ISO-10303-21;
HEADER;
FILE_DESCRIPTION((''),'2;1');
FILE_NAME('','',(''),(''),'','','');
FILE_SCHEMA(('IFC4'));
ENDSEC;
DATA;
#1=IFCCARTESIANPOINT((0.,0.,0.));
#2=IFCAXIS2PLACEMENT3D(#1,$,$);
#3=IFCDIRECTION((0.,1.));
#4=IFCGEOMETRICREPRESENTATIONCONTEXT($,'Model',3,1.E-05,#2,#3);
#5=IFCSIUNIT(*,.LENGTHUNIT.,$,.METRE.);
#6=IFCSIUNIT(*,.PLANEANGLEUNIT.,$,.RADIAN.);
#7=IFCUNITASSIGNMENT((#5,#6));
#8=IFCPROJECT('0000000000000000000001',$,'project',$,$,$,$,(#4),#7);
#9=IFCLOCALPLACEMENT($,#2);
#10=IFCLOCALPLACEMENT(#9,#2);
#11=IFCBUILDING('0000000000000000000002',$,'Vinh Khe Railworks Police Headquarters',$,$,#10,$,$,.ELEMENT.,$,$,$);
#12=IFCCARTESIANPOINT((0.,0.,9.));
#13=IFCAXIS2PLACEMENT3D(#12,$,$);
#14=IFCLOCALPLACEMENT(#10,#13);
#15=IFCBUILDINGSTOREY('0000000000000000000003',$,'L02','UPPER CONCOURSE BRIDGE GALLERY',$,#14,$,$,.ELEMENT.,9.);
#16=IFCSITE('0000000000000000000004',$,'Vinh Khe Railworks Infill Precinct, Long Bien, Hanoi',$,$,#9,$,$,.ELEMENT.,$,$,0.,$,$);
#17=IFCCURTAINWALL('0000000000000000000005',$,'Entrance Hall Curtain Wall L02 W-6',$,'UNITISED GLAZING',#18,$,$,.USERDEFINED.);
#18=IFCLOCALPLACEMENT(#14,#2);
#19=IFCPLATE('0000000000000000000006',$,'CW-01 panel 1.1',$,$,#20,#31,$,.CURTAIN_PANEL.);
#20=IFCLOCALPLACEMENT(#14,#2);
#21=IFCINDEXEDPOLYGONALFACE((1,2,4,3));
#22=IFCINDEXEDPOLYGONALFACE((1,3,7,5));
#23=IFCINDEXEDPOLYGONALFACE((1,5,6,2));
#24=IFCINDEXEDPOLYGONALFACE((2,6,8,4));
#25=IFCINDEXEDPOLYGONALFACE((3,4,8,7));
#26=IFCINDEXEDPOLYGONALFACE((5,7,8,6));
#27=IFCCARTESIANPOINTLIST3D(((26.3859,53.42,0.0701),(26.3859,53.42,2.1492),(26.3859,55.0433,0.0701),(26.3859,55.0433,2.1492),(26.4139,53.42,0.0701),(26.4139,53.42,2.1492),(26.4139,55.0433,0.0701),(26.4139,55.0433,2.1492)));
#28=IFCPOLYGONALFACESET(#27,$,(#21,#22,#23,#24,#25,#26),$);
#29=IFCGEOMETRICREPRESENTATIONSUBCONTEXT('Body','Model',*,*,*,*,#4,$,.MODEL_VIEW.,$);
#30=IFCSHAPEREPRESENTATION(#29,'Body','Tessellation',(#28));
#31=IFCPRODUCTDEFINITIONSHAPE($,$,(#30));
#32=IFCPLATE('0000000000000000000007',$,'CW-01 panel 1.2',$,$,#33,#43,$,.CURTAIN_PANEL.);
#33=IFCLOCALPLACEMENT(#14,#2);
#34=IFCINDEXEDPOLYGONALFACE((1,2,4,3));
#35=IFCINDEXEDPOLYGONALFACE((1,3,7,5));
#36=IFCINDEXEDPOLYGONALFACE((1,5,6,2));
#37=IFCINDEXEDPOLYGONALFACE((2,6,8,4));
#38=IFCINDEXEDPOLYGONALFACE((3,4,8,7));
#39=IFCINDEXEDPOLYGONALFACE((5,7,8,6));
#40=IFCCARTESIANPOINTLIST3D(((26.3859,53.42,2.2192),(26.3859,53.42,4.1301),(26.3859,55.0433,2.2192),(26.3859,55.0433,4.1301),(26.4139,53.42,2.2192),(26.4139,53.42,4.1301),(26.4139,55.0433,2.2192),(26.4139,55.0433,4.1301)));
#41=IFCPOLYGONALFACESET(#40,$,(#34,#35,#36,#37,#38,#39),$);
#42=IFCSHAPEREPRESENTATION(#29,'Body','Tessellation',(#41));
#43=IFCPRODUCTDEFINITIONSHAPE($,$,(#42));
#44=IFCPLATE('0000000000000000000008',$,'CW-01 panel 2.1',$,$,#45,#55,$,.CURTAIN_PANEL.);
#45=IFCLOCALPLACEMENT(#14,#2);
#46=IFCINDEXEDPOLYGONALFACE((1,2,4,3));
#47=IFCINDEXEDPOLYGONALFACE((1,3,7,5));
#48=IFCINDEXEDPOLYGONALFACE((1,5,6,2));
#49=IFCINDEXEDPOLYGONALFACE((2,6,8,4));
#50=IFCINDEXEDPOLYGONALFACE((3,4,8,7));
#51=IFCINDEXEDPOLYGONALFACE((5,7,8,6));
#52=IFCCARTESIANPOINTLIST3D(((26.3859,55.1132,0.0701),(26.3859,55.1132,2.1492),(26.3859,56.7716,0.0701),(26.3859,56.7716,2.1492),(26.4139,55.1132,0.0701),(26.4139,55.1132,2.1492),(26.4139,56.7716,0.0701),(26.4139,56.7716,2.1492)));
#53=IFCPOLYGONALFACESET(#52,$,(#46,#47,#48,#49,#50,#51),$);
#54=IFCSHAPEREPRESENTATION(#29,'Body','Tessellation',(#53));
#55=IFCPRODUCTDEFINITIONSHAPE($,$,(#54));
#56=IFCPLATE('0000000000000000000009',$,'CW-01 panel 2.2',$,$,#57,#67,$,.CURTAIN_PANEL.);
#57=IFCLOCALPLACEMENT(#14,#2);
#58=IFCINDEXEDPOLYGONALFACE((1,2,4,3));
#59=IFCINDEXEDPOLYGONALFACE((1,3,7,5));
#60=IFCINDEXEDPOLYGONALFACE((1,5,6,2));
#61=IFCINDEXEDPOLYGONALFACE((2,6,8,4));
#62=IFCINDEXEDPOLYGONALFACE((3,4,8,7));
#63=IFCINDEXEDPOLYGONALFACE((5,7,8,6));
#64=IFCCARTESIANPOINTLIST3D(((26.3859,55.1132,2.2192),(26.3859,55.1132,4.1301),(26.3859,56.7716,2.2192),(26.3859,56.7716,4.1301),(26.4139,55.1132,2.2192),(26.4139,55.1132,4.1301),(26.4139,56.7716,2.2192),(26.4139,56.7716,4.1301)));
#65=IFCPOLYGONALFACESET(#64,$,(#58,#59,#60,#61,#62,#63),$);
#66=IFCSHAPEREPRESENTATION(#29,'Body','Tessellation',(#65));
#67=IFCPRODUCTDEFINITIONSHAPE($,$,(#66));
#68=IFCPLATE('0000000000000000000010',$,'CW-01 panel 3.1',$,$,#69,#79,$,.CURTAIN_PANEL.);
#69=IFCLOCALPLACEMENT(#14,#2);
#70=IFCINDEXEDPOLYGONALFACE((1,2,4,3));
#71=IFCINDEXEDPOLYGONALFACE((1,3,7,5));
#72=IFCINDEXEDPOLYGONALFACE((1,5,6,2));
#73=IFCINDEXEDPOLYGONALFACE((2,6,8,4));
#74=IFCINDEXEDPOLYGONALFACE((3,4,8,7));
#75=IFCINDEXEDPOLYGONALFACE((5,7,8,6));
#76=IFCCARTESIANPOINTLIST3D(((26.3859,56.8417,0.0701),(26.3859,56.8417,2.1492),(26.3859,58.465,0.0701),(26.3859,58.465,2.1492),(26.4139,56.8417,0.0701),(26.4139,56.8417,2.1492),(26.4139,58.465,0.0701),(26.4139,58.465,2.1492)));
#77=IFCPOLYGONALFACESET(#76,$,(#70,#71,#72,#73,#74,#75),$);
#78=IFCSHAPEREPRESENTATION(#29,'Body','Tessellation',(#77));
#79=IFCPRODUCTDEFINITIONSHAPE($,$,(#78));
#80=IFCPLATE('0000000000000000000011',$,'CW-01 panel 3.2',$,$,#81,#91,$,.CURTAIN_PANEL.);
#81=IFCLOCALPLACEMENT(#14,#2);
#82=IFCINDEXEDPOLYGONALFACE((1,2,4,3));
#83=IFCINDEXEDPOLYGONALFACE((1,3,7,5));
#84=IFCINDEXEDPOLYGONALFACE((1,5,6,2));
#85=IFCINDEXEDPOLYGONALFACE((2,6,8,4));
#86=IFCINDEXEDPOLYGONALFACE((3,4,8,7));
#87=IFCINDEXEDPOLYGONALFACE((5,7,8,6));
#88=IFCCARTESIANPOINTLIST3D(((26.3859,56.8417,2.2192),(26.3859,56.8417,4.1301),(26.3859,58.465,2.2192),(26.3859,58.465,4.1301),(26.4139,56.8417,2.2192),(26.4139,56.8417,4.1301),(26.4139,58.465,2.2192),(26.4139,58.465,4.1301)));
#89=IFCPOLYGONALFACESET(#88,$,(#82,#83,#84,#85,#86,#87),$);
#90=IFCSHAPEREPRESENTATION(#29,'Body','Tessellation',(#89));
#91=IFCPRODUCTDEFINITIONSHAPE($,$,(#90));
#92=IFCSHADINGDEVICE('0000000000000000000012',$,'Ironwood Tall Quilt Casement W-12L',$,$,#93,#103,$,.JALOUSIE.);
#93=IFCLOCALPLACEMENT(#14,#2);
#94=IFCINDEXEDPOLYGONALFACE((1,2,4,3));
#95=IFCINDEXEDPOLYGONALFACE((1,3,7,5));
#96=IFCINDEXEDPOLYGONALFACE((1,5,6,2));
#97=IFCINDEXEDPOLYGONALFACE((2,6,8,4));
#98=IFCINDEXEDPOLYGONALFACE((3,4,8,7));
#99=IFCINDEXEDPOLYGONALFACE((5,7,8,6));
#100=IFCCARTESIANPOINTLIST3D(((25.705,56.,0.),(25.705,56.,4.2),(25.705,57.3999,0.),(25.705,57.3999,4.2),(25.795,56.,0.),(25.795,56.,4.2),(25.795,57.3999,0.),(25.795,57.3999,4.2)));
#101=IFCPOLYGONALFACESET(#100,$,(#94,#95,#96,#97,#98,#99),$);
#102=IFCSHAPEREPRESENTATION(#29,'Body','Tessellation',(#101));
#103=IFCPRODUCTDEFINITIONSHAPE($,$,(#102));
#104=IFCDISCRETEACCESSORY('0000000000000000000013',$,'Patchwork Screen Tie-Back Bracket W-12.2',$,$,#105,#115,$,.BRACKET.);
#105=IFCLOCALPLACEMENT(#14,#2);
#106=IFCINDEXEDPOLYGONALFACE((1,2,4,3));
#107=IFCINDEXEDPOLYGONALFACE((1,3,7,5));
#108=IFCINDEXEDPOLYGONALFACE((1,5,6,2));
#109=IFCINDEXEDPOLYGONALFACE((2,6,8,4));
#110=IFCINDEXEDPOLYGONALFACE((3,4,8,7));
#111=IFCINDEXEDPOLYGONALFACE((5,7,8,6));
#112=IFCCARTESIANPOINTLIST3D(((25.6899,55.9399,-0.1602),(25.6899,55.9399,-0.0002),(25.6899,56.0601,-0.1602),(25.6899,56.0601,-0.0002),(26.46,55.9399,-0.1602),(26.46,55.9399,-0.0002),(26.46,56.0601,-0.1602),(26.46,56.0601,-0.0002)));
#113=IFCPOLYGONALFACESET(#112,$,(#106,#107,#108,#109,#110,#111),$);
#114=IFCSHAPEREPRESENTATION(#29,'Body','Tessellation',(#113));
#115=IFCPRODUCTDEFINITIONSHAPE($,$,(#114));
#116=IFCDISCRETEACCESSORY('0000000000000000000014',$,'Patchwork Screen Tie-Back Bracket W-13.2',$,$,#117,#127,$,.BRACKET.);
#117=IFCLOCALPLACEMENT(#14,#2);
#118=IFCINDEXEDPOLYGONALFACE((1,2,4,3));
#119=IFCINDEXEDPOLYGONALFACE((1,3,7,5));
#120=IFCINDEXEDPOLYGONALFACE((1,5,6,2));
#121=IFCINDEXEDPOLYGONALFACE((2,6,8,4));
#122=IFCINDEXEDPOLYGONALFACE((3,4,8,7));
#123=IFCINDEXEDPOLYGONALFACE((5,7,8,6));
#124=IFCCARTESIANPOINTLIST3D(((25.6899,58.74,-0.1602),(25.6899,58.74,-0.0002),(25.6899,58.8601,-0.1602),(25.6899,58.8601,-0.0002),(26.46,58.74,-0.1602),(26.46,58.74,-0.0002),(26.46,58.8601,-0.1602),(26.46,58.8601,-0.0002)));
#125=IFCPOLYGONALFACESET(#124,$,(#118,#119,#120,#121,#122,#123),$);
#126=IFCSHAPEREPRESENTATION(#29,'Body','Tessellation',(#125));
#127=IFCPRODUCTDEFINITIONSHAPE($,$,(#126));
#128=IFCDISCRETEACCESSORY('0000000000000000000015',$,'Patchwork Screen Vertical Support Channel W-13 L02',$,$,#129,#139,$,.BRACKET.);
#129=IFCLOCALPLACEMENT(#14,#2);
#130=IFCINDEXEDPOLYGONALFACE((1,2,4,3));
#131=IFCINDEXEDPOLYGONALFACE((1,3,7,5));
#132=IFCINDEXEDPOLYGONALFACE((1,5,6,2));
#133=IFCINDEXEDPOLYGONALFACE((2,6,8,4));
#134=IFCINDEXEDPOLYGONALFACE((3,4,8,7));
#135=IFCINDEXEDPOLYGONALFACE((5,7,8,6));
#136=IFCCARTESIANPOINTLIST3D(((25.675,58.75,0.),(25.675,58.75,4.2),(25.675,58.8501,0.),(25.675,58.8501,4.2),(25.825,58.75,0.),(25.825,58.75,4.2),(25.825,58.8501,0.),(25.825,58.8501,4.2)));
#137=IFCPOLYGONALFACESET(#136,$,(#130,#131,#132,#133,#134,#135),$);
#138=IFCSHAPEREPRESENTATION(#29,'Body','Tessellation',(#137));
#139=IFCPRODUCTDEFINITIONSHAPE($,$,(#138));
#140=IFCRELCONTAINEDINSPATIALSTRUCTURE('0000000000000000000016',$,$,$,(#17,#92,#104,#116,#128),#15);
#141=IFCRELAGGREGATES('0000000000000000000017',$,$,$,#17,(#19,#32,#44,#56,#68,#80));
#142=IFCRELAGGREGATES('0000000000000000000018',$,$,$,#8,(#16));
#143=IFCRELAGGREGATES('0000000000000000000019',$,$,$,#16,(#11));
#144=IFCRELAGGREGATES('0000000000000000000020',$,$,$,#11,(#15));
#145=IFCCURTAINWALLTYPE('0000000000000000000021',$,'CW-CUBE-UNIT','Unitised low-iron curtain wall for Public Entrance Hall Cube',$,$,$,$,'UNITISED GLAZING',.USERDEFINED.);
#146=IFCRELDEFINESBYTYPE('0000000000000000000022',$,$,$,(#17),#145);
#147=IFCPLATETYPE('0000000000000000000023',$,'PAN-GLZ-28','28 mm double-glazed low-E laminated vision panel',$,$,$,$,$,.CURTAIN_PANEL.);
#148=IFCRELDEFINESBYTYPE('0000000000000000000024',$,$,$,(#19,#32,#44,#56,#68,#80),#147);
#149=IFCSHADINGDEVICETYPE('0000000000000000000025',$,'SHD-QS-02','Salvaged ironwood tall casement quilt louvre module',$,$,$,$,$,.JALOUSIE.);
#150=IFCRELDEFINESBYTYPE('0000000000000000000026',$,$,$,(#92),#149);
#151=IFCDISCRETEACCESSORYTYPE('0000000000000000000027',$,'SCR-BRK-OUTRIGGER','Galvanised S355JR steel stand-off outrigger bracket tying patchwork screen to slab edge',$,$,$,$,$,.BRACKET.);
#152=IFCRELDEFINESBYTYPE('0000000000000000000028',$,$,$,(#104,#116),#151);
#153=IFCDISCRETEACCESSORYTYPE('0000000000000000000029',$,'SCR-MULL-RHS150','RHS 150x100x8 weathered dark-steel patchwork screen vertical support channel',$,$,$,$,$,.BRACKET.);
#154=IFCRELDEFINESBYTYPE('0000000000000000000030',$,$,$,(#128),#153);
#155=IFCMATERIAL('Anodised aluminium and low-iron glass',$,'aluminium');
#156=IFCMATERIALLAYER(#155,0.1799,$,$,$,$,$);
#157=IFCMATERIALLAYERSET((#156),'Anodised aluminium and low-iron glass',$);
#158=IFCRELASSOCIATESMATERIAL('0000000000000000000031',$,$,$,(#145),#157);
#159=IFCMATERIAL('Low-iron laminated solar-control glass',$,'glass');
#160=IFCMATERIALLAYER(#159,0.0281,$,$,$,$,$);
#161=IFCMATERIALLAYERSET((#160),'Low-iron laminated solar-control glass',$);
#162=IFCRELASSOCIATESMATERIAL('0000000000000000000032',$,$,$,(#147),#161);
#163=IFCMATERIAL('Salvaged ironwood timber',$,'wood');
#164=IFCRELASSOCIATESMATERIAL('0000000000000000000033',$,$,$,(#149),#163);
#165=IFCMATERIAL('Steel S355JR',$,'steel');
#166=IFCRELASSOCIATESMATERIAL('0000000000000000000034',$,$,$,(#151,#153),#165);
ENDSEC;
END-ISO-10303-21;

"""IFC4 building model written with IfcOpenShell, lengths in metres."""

from ifc_helpers import new_model, si_unit, direction, frame, origin, origin_2d, place, context, subcontext, project, spatial, rectangle, extrude, material, layer, layer_set, type_object, element, aggregate, save


model = new_model("IFC4")

# Units and contexts
model_context = context("Model", 3, precision=1e-05, world=origin(), true_north=direction((0.0, 1.0)))
body_context = subcontext(model_context, "Body", "Model", "MODEL_VIEW")
ifc_project = project(units=[si_unit("LENGTHUNIT", "METRE"), si_unit("PLANEANGLEUNIT", "RADIAN")], contexts=[model_context])

# Site, building, storey
site_placement = place(None, origin())
site = spatial("IfcSite", under=ifc_project, at=site_placement, Name="Vinh Khe Railworks Infill Precinct, Long Bien, Hanoi", CompositionType="ELEMENT", RefElevation=0.0)
building_placement = place(site_placement, origin())
building = spatial("IfcBuilding", under=site, at=building_placement, Name="Vinh Khe Railworks Police Headquarters", CompositionType="ELEMENT")
storey_placement = place(building_placement, frame((0.0, 0.0, 9.0)))
storey = spatial("IfcBuildingStorey", under=building, at=storey_placement, Name="L02", Description="UPPER CONCOURSE BRIDGE GALLERY", CompositionType="ELEMENT", Elevation=9.0)

# Shared definitions
ifc_material_1 = material(Name="Steel S355JR", Category="steel")

# Shared definitions
ifc_material_2 = material(Name="Salvaged ironwood timber", Category="wood")

# Curtain wall, plates
ifc_material_3 = material(Name="Anodised aluminium and low-iron glass", Category="aluminium")
ifc_layer_1 = layer(ifc_material_3, 0.1799)
ifc_layer_set_1 = layer_set([ifc_layer_1], Name="Anodised aluminium and low-iron glass")
curtain_wall_type = type_object("IfcCurtainWallType", Name="CW-CUBE-UNIT", Description="Unitised low-iron curtain wall for Public Entrance Hall Cube", ElementType="UNITISED GLAZING", PredefinedType="USERDEFINED", material=ifc_layer_set_1)
curtain_wall_placement = place(storey_placement, origin())
curtain_wall = element("IfcCurtainWall", 1, at=curtain_wall_placement, inside=storey, type_object=curtain_wall_type, Name="Entrance Hall Curtain Wall L02 W-6", ObjectType="UNITISED GLAZING", PredefinedType="USERDEFINED")
ifc_material_4 = material(Name="Low-iron laminated solar-control glass", Category="glass")
ifc_layer_2 = layer(ifc_material_4, 0.0281)
ifc_layer_set_2 = layer_set([ifc_layer_2], Name="Low-iron laminated solar-control glass")
plate_type = type_object("IfcPlateType", Name="PAN-GLZ-28", Description="28 mm double-glazed low-E laminated vision panel", PredefinedType="CURTAIN_PANEL", material=ifc_layer_set_2)
plate_1_placement = place(storey_placement, frame((26.3999, 54.2317, 0.0701), z_axis=(0.0, 0.0, 1.0), x_axis=(0.0, 1.0, 0.0)))
plate_1 = element("IfcPlate", 2, at=plate_1_placement, type_object=plate_type, Name="CW-01 panel 1.1", PredefinedType="CURTAIN_PANEL", context=body_context, shape_type="SweptSolid", body=[
    extrude(rectangle(XDim=1.6233, YDim=0.0281, at=origin_2d()), origin(), (0.0, 0.0, 1.0), 2.0791),
])
plate_2_placement = place(storey_placement, frame((26.3999, 54.2317, 2.2192), z_axis=(0.0, 0.0, 1.0), x_axis=(0.0, 1.0, 0.0)))
plate_2 = element("IfcPlate", 3, at=plate_2_placement, type_object=plate_type, Name="CW-01 panel 1.2", PredefinedType="CURTAIN_PANEL", context=body_context, shape_type="SweptSolid", body=[
    extrude(rectangle(XDim=1.6233, YDim=0.0281, at=origin_2d()), origin(), (0.0, 0.0, 1.0), 1.9109),
])
plate_3_placement = place(storey_placement, frame((26.3999, 55.9424, 0.0701), z_axis=(0.0, 0.0, 1.0), x_axis=(0.0, 1.0, 0.0)))
plate_3 = element("IfcPlate", 4, at=plate_3_placement, type_object=plate_type, Name="CW-01 panel 2.1", PredefinedType="CURTAIN_PANEL", context=body_context, shape_type="SweptSolid", body=[
    extrude(rectangle(XDim=1.6584, YDim=0.0281, at=origin_2d()), origin(), (0.0, 0.0, 1.0), 2.0791),
])
plate_4_placement = place(storey_placement, frame((26.3999, 55.9424, 2.2192), z_axis=(0.0, 0.0, 1.0), x_axis=(0.0, 1.0, 0.0)))
plate_4 = element("IfcPlate", 5, at=plate_4_placement, type_object=plate_type, Name="CW-01 panel 2.2", PredefinedType="CURTAIN_PANEL", context=body_context, shape_type="SweptSolid", body=[
    extrude(rectangle(XDim=1.6584, YDim=0.0281, at=origin_2d()), origin(), (0.0, 0.0, 1.0), 1.9109),
])
plate_5_placement = place(storey_placement, frame((26.3999, 57.6533, 0.0701), z_axis=(0.0, 0.0, 1.0), x_axis=(0.0, 1.0, 0.0)))
plate_5 = element("IfcPlate", 6, at=plate_5_placement, type_object=plate_type, Name="CW-01 panel 3.1", PredefinedType="CURTAIN_PANEL", context=body_context, shape_type="SweptSolid", body=[
    extrude(rectangle(XDim=1.6233, YDim=0.0281, at=origin_2d()), origin(), (0.0, 0.0, 1.0), 2.0791),
])
plate_6_placement = place(storey_placement, frame((26.3999, 57.6533, 2.2192), z_axis=(0.0, 0.0, 1.0), x_axis=(0.0, 1.0, 0.0)))
plate_6 = element("IfcPlate", 7, at=plate_6_placement, type_object=plate_type, Name="CW-01 panel 3.2", PredefinedType="CURTAIN_PANEL", context=body_context, shape_type="SweptSolid", body=[
    extrude(rectangle(XDim=1.6233, YDim=0.0281, at=origin_2d()), origin(), (0.0, 0.0, 1.0), 1.9109),
])
aggregate(curtain_wall, [plate_1, plate_2, plate_3, plate_4, plate_5, plate_6])

# Shading device
shading_device_type = type_object("IfcShadingDeviceType", Name="SHD-QS-02", Description="Salvaged ironwood tall casement quilt louvre module", PredefinedType="JALOUSIE", material=ifc_material_2)
shading_device_placement = place(storey_placement, frame((25.75, 56.7, 0.0), z_axis=(0.0, 0.0, 1.0), x_axis=(0.0, 1.0, 0.0)))
element("IfcShadingDevice", 8, at=shading_device_placement, inside=storey, type_object=shading_device_type, Name="Ironwood Tall Quilt Casement W-12L", PredefinedType="JALOUSIE", context=body_context, shape_type="SweptSolid", body=[
    extrude(rectangle(XDim=1.3999, YDim=0.0901, at=origin_2d()), origin(), (0.0, 0.0, 1.0), 4.2),
])

# Discrete accessories
discrete_accessory_type_1 = type_object("IfcDiscreteAccessoryType", Name="SCR-BRK-OUTRIGGER", Description="Galvanised S355JR steel stand-off outrigger bracket tying patchwork screen to slab edge", PredefinedType="BRACKET", material=ifc_material_1)
for number, where, z_axis, x_axis, name in (
    (9, (26.075, 56.0, -0.1602), (0.0, 0.0, 1.0), (1.0, 0.0, 0.0), "Patchwork Screen Tie-Back Bracket W-12.2"),
    (10, (26.075, 58.8, -0.1602), (0.0, 0.0, 1.0), (1.0, 0.0, 0.0), "Patchwork Screen Tie-Back Bracket W-13.2"),
):
    element("IfcDiscreteAccessory", number, at=place(storey_placement, frame(where, z_axis=z_axis, x_axis=x_axis)), inside=storey, type_object=discrete_accessory_type_1, Name=name, PredefinedType="BRACKET", context=body_context, shape_type="SweptSolid", body=[
        extrude(rectangle(XDim=0.77, YDim=0.1201, at=origin_2d()), origin(), (0.0, 0.0, 1.0), 0.1599),
    ])
discrete_accessory_type_2 = type_object("IfcDiscreteAccessoryType", Name="SCR-MULL-RHS150", Description="RHS 150x100x8 weathered dark-steel patchwork screen vertical support channel", PredefinedType="BRACKET", material=ifc_material_1)
discrete_accessory_placement = place(storey_placement, frame((25.75, 58.8, 0.0), z_axis=(0.0, 0.0, 1.0), x_axis=(1.0, 0.0, 0.0)))
element("IfcDiscreteAccessory", 11, at=discrete_accessory_placement, inside=storey, type_object=discrete_accessory_type_2, Name="Patchwork Screen Vertical Support Channel W-13 L02", PredefinedType="BRACKET", context=body_context, shape_type="SweptSolid", body=[
    extrude(rectangle(XDim=0.1499, YDim=0.1001, at=origin_2d()), origin(), (0.0, 0.0, 1.0), 4.2),
])

save(model, "model.ifc")
